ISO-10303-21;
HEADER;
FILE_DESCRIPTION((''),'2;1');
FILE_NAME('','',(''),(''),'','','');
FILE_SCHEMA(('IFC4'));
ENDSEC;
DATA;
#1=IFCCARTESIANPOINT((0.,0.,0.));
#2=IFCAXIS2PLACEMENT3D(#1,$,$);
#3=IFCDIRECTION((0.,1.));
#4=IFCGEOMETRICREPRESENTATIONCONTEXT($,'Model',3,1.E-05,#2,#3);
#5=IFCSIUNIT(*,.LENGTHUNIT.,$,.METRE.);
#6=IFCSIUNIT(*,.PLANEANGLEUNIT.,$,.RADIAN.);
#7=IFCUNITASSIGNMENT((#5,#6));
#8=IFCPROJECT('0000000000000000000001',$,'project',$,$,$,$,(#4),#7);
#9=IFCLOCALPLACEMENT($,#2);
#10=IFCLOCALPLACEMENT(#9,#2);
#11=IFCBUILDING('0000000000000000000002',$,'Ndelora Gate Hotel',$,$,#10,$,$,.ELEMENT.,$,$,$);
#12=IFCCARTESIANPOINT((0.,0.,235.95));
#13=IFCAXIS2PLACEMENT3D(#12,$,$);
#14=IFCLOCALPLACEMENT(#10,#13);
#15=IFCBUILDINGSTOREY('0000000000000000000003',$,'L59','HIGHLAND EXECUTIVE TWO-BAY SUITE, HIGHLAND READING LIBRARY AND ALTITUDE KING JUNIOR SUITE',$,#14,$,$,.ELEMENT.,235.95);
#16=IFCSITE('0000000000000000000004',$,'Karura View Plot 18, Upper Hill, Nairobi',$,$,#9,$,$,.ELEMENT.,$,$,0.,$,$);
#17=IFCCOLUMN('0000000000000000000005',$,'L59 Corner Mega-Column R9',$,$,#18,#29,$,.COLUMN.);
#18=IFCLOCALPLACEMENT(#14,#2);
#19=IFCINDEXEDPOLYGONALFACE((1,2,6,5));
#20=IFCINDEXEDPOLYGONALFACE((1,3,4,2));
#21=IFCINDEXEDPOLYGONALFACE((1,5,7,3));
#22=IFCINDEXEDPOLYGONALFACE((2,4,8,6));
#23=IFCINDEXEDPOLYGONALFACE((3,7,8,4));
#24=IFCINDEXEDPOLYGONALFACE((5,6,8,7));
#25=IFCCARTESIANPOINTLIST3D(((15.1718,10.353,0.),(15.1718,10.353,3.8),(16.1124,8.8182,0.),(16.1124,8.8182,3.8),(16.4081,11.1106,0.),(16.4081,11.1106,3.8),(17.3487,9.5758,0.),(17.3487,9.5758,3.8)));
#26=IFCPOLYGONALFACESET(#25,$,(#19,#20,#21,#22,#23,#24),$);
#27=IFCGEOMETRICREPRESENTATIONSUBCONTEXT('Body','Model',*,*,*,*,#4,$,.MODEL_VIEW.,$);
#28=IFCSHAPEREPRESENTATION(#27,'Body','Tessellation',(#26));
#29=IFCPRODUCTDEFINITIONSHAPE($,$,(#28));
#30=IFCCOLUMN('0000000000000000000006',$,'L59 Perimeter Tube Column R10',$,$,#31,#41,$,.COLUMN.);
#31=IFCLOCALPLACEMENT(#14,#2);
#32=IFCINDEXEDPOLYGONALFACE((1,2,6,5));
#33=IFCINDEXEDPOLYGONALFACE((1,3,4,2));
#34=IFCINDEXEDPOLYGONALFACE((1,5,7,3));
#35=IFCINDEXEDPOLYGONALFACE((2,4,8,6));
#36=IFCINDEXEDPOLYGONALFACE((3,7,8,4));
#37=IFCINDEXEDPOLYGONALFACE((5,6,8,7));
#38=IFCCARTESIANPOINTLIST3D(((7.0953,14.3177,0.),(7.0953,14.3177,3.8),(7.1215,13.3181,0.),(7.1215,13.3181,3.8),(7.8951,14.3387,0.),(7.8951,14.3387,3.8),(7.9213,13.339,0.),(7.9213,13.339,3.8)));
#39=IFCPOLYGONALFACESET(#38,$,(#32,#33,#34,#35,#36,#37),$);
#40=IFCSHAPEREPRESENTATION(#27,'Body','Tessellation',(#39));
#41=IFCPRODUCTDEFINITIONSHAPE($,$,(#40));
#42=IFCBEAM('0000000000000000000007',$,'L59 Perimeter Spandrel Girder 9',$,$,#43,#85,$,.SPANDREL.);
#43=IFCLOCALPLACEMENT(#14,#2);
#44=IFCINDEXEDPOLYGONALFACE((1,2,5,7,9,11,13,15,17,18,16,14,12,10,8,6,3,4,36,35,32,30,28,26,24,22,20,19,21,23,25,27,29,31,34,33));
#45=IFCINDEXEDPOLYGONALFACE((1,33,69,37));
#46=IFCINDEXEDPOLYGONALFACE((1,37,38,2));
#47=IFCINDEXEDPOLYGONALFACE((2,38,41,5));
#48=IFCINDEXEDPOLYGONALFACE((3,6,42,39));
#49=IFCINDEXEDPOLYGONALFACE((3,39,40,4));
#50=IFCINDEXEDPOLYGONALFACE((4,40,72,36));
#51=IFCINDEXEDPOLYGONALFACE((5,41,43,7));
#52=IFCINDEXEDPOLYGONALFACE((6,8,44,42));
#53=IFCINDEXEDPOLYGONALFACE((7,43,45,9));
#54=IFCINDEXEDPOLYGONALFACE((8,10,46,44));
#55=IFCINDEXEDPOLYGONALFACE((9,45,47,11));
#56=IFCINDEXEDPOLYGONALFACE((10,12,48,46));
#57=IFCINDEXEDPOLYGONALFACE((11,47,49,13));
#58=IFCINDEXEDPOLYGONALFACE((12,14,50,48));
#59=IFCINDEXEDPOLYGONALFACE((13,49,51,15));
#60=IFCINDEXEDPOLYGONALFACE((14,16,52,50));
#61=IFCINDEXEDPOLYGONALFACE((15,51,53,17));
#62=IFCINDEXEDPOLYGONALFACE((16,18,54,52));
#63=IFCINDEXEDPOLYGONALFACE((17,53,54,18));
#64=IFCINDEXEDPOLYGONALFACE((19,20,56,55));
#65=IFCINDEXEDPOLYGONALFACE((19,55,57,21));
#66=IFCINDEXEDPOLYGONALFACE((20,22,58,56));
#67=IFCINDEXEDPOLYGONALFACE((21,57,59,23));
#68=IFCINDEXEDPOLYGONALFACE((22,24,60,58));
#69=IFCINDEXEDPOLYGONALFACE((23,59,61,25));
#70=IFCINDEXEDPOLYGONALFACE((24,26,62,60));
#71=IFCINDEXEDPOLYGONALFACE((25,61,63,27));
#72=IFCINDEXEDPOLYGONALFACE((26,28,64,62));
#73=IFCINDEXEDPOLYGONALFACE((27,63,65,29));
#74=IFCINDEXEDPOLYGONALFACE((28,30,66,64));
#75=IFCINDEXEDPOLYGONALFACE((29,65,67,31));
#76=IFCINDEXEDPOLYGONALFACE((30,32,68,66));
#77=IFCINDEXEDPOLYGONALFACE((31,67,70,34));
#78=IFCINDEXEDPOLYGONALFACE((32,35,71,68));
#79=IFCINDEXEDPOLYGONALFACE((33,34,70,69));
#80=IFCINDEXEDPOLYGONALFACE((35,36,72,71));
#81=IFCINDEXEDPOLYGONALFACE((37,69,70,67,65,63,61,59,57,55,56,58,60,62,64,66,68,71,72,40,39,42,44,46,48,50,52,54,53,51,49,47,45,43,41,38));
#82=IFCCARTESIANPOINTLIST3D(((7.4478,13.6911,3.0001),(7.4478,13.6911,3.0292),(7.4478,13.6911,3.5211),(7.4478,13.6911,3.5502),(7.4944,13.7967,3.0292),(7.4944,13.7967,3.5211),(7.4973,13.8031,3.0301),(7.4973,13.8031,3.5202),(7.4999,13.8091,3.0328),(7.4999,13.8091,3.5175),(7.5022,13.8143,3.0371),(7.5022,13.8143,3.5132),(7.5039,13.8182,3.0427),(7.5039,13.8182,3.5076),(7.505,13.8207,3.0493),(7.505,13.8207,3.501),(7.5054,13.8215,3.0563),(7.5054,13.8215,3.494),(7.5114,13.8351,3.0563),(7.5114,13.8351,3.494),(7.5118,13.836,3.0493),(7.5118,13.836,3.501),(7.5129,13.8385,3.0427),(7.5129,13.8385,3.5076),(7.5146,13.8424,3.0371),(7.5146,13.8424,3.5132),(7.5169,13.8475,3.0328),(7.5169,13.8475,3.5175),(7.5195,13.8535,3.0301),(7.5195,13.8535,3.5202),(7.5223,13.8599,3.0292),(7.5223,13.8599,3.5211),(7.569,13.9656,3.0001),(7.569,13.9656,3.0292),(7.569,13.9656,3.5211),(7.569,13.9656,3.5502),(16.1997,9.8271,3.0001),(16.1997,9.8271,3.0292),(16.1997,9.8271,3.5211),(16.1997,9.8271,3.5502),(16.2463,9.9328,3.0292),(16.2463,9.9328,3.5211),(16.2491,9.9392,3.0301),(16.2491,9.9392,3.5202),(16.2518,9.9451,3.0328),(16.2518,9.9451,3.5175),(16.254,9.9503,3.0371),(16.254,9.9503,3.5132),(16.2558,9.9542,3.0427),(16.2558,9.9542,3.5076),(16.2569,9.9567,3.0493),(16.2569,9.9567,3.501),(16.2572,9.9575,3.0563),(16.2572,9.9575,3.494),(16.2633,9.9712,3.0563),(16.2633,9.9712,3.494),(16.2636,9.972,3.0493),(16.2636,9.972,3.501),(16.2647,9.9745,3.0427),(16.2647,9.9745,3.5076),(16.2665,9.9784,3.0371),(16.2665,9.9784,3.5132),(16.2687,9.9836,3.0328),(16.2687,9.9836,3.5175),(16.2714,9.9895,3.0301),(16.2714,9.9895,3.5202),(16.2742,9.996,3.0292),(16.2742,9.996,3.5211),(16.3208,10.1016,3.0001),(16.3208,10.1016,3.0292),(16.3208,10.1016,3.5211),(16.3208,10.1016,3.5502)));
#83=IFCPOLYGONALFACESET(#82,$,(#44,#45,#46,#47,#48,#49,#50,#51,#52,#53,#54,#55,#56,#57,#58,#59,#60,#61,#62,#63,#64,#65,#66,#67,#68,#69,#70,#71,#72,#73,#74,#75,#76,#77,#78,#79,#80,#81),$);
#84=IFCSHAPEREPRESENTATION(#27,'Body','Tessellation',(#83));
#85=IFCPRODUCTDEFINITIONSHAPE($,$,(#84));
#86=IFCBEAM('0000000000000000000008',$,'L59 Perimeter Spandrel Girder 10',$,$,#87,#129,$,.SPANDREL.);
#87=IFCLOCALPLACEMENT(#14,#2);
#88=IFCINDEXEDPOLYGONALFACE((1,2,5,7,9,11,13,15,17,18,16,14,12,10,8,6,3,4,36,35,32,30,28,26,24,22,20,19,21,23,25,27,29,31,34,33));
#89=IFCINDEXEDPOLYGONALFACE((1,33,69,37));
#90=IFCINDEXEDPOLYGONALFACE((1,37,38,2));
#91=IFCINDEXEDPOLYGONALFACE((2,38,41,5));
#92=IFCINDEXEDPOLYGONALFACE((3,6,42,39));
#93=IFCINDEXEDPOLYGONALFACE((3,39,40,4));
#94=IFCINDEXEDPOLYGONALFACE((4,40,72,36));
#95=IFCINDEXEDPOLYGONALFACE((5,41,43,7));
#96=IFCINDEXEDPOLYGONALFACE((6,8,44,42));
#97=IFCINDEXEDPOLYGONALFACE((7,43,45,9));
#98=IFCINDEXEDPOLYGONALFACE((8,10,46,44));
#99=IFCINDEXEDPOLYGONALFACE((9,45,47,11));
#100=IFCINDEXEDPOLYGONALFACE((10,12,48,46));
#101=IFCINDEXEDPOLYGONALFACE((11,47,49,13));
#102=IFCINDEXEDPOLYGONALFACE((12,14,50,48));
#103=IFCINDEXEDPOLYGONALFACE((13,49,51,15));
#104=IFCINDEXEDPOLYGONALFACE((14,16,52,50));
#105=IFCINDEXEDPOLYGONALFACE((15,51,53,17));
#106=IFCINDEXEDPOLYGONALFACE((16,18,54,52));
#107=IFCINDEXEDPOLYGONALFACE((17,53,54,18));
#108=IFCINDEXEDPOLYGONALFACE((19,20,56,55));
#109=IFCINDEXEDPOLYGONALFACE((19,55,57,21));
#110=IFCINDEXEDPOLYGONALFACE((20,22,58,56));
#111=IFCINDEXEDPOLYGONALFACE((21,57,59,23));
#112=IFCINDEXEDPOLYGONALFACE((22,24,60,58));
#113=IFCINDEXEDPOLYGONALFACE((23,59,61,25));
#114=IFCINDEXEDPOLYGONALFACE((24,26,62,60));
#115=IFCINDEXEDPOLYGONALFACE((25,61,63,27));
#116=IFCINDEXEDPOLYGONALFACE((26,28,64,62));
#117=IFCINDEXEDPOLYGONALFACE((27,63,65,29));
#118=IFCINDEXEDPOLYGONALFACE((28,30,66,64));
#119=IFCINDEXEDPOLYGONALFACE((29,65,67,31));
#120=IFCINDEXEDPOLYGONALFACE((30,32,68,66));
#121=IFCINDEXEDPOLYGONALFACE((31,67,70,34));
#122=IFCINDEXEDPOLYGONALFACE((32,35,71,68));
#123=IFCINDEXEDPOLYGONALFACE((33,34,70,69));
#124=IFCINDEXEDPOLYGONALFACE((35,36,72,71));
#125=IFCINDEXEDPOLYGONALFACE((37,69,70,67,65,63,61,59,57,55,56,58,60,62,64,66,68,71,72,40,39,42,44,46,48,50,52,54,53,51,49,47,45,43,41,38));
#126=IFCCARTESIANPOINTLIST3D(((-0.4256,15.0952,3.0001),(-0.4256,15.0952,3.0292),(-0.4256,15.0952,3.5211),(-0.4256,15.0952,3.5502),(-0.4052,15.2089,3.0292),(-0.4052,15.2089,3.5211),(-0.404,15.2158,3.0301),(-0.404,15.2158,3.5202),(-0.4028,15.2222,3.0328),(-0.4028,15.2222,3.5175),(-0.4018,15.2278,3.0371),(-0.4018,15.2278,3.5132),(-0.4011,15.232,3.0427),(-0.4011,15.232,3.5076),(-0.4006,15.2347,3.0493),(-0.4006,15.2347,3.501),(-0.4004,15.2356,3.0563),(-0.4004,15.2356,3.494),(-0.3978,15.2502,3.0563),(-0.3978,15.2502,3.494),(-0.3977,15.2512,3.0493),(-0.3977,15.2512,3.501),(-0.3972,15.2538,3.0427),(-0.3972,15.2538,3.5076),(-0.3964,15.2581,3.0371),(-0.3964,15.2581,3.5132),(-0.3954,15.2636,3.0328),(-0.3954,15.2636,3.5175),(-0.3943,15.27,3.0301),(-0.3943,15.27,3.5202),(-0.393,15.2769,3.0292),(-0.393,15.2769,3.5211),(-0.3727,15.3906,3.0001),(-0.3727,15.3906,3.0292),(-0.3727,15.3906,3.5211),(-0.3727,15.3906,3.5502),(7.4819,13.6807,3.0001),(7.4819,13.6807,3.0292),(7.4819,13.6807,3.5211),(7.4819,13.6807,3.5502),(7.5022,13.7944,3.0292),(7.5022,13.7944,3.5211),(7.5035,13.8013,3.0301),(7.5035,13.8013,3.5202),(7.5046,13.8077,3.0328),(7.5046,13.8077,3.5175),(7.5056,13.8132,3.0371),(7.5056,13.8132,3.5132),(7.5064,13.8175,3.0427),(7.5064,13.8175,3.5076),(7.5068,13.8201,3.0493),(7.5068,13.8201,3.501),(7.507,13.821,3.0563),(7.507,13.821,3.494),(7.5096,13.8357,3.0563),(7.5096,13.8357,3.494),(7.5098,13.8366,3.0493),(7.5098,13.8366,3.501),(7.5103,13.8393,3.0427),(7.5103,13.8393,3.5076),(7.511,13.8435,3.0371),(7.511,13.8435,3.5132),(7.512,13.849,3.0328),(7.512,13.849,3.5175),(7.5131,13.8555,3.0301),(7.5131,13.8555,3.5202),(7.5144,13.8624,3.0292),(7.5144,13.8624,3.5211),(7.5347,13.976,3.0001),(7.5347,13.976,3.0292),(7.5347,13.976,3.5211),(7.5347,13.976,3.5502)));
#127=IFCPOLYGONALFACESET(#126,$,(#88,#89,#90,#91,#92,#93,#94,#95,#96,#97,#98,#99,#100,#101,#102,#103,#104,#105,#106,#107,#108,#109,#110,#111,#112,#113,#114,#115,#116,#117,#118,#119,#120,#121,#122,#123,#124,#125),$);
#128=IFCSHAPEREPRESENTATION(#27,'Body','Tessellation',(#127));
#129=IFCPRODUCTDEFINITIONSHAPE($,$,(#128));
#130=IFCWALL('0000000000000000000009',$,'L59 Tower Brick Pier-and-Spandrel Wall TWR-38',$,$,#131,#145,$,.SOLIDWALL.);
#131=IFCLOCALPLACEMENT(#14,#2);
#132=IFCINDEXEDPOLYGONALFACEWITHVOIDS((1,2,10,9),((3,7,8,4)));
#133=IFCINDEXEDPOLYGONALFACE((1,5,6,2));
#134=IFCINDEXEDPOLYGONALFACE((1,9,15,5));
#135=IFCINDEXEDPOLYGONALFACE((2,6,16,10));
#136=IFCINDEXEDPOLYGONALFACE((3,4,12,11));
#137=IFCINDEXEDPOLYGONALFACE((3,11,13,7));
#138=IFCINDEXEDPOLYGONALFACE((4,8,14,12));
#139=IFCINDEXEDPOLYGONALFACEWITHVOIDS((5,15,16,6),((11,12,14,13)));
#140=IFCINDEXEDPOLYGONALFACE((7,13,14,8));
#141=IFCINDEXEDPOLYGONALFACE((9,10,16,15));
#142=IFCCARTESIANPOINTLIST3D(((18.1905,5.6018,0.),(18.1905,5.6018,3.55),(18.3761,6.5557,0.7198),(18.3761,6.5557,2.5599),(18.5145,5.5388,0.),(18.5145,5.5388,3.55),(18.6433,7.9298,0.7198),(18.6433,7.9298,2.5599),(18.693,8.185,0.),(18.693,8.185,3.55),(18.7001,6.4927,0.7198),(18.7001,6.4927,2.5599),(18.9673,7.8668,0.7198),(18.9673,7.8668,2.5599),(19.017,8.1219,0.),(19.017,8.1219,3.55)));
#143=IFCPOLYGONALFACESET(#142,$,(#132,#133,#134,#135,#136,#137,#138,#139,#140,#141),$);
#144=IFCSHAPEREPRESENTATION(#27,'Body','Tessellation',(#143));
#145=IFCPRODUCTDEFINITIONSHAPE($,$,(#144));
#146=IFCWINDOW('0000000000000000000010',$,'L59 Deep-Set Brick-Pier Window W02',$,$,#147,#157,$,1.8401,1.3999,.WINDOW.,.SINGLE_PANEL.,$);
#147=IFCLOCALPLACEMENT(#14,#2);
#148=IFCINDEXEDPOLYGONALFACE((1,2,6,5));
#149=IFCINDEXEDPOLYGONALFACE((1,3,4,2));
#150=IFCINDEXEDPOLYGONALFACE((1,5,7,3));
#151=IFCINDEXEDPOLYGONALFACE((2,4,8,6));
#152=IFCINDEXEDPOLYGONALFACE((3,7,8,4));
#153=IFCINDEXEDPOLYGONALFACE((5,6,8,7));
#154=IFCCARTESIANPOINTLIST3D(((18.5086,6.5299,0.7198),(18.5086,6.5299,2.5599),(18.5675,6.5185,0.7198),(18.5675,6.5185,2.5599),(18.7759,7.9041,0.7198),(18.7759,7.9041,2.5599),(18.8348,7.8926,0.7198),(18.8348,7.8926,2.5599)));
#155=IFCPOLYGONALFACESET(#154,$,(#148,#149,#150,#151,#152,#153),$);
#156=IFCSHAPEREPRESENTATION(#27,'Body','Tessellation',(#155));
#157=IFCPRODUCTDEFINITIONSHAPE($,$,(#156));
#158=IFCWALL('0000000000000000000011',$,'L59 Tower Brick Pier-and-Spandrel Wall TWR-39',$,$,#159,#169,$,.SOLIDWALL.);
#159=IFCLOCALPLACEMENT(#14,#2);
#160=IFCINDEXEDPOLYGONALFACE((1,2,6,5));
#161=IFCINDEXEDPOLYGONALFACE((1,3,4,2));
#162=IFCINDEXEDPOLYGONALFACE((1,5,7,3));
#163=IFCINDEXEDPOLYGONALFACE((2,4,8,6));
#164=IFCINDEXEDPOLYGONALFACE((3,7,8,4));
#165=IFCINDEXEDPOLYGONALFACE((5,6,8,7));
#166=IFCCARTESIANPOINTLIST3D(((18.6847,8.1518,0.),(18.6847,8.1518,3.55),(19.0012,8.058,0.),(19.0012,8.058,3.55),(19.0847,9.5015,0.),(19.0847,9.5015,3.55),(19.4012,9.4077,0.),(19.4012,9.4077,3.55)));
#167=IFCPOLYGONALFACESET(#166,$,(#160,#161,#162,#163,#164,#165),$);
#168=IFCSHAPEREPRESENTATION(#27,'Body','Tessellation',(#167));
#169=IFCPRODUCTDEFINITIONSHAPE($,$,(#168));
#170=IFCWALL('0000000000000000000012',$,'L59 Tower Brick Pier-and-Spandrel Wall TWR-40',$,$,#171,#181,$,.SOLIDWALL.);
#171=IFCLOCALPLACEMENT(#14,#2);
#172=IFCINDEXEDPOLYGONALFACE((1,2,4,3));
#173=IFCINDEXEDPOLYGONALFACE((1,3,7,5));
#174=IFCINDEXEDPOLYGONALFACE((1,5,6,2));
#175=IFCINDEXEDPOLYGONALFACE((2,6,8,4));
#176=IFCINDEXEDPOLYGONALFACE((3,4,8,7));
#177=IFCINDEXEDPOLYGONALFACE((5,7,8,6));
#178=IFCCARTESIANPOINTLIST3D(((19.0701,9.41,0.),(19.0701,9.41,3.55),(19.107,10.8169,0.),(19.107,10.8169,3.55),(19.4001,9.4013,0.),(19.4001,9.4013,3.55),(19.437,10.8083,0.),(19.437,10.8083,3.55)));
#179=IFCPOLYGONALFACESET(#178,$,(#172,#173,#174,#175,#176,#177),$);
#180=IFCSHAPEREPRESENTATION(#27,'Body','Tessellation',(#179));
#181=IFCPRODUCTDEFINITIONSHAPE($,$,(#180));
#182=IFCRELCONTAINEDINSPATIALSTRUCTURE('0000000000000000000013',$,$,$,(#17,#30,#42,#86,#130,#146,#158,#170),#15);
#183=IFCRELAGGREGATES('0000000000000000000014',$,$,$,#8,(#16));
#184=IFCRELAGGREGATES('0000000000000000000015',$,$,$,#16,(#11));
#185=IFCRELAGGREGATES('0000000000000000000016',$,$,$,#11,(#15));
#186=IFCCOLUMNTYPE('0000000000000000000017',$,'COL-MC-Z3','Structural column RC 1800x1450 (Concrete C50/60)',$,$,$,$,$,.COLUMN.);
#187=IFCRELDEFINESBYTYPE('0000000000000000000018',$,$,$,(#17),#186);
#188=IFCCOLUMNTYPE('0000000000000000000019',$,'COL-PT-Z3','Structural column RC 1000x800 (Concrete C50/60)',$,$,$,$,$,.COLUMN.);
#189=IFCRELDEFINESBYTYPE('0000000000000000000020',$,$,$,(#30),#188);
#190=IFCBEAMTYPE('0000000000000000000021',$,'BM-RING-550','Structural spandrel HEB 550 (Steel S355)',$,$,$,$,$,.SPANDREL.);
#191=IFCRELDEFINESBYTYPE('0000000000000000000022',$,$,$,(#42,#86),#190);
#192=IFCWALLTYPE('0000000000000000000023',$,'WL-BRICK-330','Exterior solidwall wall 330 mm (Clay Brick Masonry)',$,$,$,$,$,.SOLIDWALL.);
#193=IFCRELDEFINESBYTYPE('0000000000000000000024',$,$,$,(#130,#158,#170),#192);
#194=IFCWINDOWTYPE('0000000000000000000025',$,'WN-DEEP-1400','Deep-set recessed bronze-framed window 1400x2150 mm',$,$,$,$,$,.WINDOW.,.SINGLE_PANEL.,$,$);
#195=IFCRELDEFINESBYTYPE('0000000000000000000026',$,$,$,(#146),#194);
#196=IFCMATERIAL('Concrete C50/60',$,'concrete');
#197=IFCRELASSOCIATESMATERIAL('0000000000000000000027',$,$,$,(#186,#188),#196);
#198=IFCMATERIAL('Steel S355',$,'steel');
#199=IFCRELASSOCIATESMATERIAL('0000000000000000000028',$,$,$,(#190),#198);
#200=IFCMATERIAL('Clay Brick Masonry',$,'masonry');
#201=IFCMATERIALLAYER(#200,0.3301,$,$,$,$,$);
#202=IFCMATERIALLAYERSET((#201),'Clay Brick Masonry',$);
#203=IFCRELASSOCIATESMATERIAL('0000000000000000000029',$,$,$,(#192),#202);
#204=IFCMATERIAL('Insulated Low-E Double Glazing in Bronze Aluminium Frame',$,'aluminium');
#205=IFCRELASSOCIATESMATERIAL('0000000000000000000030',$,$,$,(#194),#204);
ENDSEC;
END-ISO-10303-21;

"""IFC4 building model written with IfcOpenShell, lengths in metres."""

from ifc_helpers import new_model, si_unit, direction, frame, frame_2d, origin, origin_2d, place, context, subcontext, project, spatial, rectangle, i_section, extrude, material, layer, layer_set, material_profile, profile_set, type_object, element, fill, save


model = new_model("IFC4")

# Units and contexts
model_context = context("Model", 3, precision=1e-05, world=origin(), true_north=direction((0.0, 1.0)))
body_context = subcontext(model_context, "Body", "Model", "MODEL_VIEW")
ifc_project = project(units=[si_unit("LENGTHUNIT", "METRE"), si_unit("PLANEANGLEUNIT", "RADIAN")], contexts=[model_context])

# Site, building, storey
site_placement = place(None, origin())
site = spatial("IfcSite", under=ifc_project, at=site_placement, Name="Karura View Plot 18, Upper Hill, Nairobi", CompositionType="ELEMENT", RefElevation=0.0)
building_placement = place(site_placement, origin())
building = spatial("IfcBuilding", under=site, at=building_placement, Name="Ndelora Gate Hotel", CompositionType="ELEMENT")
storey_placement = place(building_placement, frame((0.0, 0.0, 235.95)))
storey = spatial("IfcBuildingStorey", under=building, at=storey_placement, Name="L59", Description="HIGHLAND EXECUTIVE TWO-BAY SUITE, HIGHLAND READING LIBRARY AND ALTITUDE KING JUNIOR SUITE", CompositionType="ELEMENT", Elevation=235.95)

# Columns
ifc_material_1 = material(Name="Concrete C50/60", Category="concrete")
ifc_material_profile_1 = material_profile(ifc_material_1, rectangle(XDim=1.45, YDim=1.8, at=origin_2d()), Name="RC 1800x1450")
ifc_profile_set_1 = profile_set([ifc_material_profile_1], Name="Concrete C50/60")
column_type_1 = type_object("IfcColumnType", Name="COL-MC-Z3", Description="Structural column RC 1800x1450 (Concrete C50/60)", PredefinedType="COLUMN", material=ifc_profile_set_1)
column_1_placement = place(storey_placement, frame((16.2603, 9.9644, 0.0), z_axis=(0.0, 0.0, 1.0), x_axis=(0.85264, 0.522499, 0.0)))
element("IfcColumn", 1, at=column_1_placement, inside=storey, type_object=column_type_1, Name="L59 Corner Mega-Column R9", PredefinedType="COLUMN", context=body_context, shape_type="SweptSolid", body=[
    extrude(rectangle(XDim=1.45, YDim=1.8, at=origin_2d()), origin(), (0.0, 0.0, 1.0), 3.8),
])
ifc_material_profile_2 = material_profile(ifc_material_1, rectangle(XDim=0.8, YDim=1.0, at=origin_2d()), Name="RC 1000x800")
ifc_profile_set_2 = profile_set([ifc_material_profile_2], Name="Concrete C50/60")
column_type_2 = type_object("IfcColumnType", Name="COL-PT-Z3", Description="Structural column RC 1000x800 (Concrete C50/60)", PredefinedType="COLUMN", material=ifc_profile_set_2)
column_2_placement = place(storey_placement, frame((7.5083, 13.8284, 0.0), z_axis=(0.0, 0.0, 1.0), x_axis=(0.999657, 0.026177, 0.0)))
element("IfcColumn", 2, at=column_2_placement, inside=storey, type_object=column_type_2, Name="L59 Perimeter Tube Column R10", PredefinedType="COLUMN", context=body_context, shape_type="SweptSolid", body=[
    extrude(rectangle(XDim=0.8, YDim=1.0, at=origin_2d()), origin(), (0.0, 0.0, 1.0), 3.8),
])

# Beams
ifc_material_2 = material(Name="Steel S355", Category="steel")
ifc_material_profile_3 = material_profile(ifc_material_2, i_section(OverallWidth=0.3, OverallDepth=0.55, WebThickness=0.0149, FlangeThickness=0.0291, FilletRadius=0.0271, at=origin_2d()), Name="HEB 550")
ifc_profile_set_3 = profile_set([ifc_material_profile_3], Name="Steel S355")
beam_type = type_object("IfcBeamType", Name="BM-RING-550", Description="Structural spandrel HEB 550 (Steel S355)", PredefinedType="SPANDREL", material=ifc_profile_set_3)
beam_1_placement = place(storey_placement, frame((16.2603, 9.9644, 3.2751), z_axis=(-0.914807, 0.40389, 0.0), x_axis=(-0.40389, -0.914807, 0.0)))
element("IfcBeam", 3, at=beam_1_placement, inside=storey, type_object=beam_type, Name="L59 Perimeter Spandrel Girder 9", PredefinedType="SPANDREL", context=body_context, shape_type="SweptSolid", body=[
    extrude(i_section(OverallWidth=0.3, OverallDepth=0.55, WebThickness=0.0149, FlangeThickness=0.0291, FilletRadius=0.0271, at=origin_2d()), origin(), (0.0, 0.0, 1.0), 9.5669),
])
beam_2_placement = place(storey_placement, frame((7.5083, 13.8284, 3.2751), z_axis=(-0.984374, 0.176093, 0.0), x_axis=(-0.176093, -0.984374, 0.0)))
element("IfcBeam", 4, at=beam_2_placement, inside=storey, type_object=beam_type, Name="L59 Perimeter Spandrel Girder 10", PredefinedType="SPANDREL", context=body_context, shape_type="SweptSolid", body=[
    extrude(i_section(OverallWidth=0.3, OverallDepth=0.55, WebThickness=0.0149, FlangeThickness=0.0291, FilletRadius=0.0271, at=origin_2d()), origin(), (0.0, 0.0, 1.0), 8.033),
])

# Wall, opening, window
ifc_material_3 = material(Name="Clay Brick Masonry", Category="masonry")
ifc_layer_1 = layer(ifc_material_3, 0.3301)
ifc_layer_set_1 = layer_set([ifc_layer_1], Name="Clay Brick Masonry")
wall_type_1 = type_object("IfcWallType", Name="WL-BRICK-330", Description="Exterior solidwall wall 330 mm (Clay Brick Masonry)", PredefinedType="SOLIDWALL", material=ifc_layer_set_1)
wall_1_placement = place(storey_placement, frame((18.855, 8.1536, 0.0), z_axis=(0.0, 0.0, 1.0), x_axis=(-0.190922, -0.981605, 0.0)))
wall_1 = element("IfcWall", 5, at=wall_1_placement, inside=storey, type_object=wall_type_1, Name="L59 Tower Brick Pier-and-Spandrel Wall TWR-38", PredefinedType="SOLIDWALL", context=body_context, shape_type="SweptSolid", body=[
    extrude(rectangle(XDim=2.6316, YDim=0.3301, at=frame_2d((1.3159, 0.0))), origin(), (0.0, 0.0, 1.0), 3.55),
])
opening_1_placement = place(wall_1_placement, frame((0.26, 0.0, 0.72)))
opening_1 = element("IfcOpeningElement", 6, at=opening_1_placement, cuts=wall_1, PredefinedType="OPENING", context=body_context, shape_type="SweptSolid", body=[
    extrude(rectangle(XDim=1.3999, YDim=1.8401, at=frame_2d((0.7, 0.9199))), frame((0.0, 0.175, 0.0), z_axis=(0.0, -1.0, 0.0), x_axis=(1.0, 0.0, 0.0)), (0.0, 0.0, 1.0), 0.3501),
])
ifc_material_4 = material(Name="Insulated Low-E Double Glazing in Bronze Aluminium Frame", Category="aluminium")
window_type = type_object("IfcWindowType", Name="WN-DEEP-1400", Description="Deep-set recessed bronze-framed window 1400x2150 mm", PartitioningType="SINGLE_PANEL", PredefinedType="WINDOW", material=ifc_material_4)
window_1_placement = place(opening_1_placement, origin())
window_1 = element("IfcWindow", 7, at=window_1_placement, inside=storey, type_object=window_type, Name="L59 Deep-Set Brick-Pier Window W02", OverallHeight=1.8401, OverallWidth=1.3999, PartitioningType="SINGLE_PANEL", PredefinedType="WINDOW", context=body_context, shape_type="SweptSolid", body=[
    extrude(rectangle(XDim=1.3999, YDim=1.8401, at=frame_2d((0.7, 0.9199))), frame((0.0, 0.03, 0.0), z_axis=(0.0, -1.0, 0.0), x_axis=(1.0, 0.0, 0.0)), (0.0, 0.0, 1.0), 0.0601),
])
fill(opening_1, window_1)

# Walls
wall_2_placement = place(storey_placement, frame((19.2429, 9.4546, 0.0), z_axis=(0.0, 0.0, 1.0), x_axis=(-0.2841, -0.958795, 0.0)))
element("IfcWall", 8, at=wall_2_placement, inside=storey, type_object=wall_type_1, Name="L59 Tower Brick Pier-and-Spandrel Wall TWR-39", PredefinedType="SOLIDWALL", context=body_context, shape_type="SweptSolid", body=[
    extrude(rectangle(XDim=1.4077, YDim=0.3301, at=frame_2d((0.7039, 0.0))), origin(), (0.0, 0.0, 1.0), 3.55),
])
for number, where, z_axis, x_axis, name in (
    (9, (19.272, 10.8125, 0.0), (0.0, 0.0, 1.0), (-0.026193, -0.999657, 0.0), "L59 Tower Brick Pier-and-Spandrel Wall TWR-40"),
):
    element("IfcWall", number, at=place(storey_placement, frame(where, z_axis=z_axis, x_axis=x_axis)), inside=storey, type_object=wall_type_1, Name=name, PredefinedType="SOLIDWALL", context=body_context, shape_type="SweptSolid", body=[
        extrude(rectangle(XDim=1.4075, YDim=0.3301, at=frame_2d((0.7036, 0.0))), origin(), (0.0, 0.0, 1.0), 3.55),
    ])

save(model, "model.ifc")
